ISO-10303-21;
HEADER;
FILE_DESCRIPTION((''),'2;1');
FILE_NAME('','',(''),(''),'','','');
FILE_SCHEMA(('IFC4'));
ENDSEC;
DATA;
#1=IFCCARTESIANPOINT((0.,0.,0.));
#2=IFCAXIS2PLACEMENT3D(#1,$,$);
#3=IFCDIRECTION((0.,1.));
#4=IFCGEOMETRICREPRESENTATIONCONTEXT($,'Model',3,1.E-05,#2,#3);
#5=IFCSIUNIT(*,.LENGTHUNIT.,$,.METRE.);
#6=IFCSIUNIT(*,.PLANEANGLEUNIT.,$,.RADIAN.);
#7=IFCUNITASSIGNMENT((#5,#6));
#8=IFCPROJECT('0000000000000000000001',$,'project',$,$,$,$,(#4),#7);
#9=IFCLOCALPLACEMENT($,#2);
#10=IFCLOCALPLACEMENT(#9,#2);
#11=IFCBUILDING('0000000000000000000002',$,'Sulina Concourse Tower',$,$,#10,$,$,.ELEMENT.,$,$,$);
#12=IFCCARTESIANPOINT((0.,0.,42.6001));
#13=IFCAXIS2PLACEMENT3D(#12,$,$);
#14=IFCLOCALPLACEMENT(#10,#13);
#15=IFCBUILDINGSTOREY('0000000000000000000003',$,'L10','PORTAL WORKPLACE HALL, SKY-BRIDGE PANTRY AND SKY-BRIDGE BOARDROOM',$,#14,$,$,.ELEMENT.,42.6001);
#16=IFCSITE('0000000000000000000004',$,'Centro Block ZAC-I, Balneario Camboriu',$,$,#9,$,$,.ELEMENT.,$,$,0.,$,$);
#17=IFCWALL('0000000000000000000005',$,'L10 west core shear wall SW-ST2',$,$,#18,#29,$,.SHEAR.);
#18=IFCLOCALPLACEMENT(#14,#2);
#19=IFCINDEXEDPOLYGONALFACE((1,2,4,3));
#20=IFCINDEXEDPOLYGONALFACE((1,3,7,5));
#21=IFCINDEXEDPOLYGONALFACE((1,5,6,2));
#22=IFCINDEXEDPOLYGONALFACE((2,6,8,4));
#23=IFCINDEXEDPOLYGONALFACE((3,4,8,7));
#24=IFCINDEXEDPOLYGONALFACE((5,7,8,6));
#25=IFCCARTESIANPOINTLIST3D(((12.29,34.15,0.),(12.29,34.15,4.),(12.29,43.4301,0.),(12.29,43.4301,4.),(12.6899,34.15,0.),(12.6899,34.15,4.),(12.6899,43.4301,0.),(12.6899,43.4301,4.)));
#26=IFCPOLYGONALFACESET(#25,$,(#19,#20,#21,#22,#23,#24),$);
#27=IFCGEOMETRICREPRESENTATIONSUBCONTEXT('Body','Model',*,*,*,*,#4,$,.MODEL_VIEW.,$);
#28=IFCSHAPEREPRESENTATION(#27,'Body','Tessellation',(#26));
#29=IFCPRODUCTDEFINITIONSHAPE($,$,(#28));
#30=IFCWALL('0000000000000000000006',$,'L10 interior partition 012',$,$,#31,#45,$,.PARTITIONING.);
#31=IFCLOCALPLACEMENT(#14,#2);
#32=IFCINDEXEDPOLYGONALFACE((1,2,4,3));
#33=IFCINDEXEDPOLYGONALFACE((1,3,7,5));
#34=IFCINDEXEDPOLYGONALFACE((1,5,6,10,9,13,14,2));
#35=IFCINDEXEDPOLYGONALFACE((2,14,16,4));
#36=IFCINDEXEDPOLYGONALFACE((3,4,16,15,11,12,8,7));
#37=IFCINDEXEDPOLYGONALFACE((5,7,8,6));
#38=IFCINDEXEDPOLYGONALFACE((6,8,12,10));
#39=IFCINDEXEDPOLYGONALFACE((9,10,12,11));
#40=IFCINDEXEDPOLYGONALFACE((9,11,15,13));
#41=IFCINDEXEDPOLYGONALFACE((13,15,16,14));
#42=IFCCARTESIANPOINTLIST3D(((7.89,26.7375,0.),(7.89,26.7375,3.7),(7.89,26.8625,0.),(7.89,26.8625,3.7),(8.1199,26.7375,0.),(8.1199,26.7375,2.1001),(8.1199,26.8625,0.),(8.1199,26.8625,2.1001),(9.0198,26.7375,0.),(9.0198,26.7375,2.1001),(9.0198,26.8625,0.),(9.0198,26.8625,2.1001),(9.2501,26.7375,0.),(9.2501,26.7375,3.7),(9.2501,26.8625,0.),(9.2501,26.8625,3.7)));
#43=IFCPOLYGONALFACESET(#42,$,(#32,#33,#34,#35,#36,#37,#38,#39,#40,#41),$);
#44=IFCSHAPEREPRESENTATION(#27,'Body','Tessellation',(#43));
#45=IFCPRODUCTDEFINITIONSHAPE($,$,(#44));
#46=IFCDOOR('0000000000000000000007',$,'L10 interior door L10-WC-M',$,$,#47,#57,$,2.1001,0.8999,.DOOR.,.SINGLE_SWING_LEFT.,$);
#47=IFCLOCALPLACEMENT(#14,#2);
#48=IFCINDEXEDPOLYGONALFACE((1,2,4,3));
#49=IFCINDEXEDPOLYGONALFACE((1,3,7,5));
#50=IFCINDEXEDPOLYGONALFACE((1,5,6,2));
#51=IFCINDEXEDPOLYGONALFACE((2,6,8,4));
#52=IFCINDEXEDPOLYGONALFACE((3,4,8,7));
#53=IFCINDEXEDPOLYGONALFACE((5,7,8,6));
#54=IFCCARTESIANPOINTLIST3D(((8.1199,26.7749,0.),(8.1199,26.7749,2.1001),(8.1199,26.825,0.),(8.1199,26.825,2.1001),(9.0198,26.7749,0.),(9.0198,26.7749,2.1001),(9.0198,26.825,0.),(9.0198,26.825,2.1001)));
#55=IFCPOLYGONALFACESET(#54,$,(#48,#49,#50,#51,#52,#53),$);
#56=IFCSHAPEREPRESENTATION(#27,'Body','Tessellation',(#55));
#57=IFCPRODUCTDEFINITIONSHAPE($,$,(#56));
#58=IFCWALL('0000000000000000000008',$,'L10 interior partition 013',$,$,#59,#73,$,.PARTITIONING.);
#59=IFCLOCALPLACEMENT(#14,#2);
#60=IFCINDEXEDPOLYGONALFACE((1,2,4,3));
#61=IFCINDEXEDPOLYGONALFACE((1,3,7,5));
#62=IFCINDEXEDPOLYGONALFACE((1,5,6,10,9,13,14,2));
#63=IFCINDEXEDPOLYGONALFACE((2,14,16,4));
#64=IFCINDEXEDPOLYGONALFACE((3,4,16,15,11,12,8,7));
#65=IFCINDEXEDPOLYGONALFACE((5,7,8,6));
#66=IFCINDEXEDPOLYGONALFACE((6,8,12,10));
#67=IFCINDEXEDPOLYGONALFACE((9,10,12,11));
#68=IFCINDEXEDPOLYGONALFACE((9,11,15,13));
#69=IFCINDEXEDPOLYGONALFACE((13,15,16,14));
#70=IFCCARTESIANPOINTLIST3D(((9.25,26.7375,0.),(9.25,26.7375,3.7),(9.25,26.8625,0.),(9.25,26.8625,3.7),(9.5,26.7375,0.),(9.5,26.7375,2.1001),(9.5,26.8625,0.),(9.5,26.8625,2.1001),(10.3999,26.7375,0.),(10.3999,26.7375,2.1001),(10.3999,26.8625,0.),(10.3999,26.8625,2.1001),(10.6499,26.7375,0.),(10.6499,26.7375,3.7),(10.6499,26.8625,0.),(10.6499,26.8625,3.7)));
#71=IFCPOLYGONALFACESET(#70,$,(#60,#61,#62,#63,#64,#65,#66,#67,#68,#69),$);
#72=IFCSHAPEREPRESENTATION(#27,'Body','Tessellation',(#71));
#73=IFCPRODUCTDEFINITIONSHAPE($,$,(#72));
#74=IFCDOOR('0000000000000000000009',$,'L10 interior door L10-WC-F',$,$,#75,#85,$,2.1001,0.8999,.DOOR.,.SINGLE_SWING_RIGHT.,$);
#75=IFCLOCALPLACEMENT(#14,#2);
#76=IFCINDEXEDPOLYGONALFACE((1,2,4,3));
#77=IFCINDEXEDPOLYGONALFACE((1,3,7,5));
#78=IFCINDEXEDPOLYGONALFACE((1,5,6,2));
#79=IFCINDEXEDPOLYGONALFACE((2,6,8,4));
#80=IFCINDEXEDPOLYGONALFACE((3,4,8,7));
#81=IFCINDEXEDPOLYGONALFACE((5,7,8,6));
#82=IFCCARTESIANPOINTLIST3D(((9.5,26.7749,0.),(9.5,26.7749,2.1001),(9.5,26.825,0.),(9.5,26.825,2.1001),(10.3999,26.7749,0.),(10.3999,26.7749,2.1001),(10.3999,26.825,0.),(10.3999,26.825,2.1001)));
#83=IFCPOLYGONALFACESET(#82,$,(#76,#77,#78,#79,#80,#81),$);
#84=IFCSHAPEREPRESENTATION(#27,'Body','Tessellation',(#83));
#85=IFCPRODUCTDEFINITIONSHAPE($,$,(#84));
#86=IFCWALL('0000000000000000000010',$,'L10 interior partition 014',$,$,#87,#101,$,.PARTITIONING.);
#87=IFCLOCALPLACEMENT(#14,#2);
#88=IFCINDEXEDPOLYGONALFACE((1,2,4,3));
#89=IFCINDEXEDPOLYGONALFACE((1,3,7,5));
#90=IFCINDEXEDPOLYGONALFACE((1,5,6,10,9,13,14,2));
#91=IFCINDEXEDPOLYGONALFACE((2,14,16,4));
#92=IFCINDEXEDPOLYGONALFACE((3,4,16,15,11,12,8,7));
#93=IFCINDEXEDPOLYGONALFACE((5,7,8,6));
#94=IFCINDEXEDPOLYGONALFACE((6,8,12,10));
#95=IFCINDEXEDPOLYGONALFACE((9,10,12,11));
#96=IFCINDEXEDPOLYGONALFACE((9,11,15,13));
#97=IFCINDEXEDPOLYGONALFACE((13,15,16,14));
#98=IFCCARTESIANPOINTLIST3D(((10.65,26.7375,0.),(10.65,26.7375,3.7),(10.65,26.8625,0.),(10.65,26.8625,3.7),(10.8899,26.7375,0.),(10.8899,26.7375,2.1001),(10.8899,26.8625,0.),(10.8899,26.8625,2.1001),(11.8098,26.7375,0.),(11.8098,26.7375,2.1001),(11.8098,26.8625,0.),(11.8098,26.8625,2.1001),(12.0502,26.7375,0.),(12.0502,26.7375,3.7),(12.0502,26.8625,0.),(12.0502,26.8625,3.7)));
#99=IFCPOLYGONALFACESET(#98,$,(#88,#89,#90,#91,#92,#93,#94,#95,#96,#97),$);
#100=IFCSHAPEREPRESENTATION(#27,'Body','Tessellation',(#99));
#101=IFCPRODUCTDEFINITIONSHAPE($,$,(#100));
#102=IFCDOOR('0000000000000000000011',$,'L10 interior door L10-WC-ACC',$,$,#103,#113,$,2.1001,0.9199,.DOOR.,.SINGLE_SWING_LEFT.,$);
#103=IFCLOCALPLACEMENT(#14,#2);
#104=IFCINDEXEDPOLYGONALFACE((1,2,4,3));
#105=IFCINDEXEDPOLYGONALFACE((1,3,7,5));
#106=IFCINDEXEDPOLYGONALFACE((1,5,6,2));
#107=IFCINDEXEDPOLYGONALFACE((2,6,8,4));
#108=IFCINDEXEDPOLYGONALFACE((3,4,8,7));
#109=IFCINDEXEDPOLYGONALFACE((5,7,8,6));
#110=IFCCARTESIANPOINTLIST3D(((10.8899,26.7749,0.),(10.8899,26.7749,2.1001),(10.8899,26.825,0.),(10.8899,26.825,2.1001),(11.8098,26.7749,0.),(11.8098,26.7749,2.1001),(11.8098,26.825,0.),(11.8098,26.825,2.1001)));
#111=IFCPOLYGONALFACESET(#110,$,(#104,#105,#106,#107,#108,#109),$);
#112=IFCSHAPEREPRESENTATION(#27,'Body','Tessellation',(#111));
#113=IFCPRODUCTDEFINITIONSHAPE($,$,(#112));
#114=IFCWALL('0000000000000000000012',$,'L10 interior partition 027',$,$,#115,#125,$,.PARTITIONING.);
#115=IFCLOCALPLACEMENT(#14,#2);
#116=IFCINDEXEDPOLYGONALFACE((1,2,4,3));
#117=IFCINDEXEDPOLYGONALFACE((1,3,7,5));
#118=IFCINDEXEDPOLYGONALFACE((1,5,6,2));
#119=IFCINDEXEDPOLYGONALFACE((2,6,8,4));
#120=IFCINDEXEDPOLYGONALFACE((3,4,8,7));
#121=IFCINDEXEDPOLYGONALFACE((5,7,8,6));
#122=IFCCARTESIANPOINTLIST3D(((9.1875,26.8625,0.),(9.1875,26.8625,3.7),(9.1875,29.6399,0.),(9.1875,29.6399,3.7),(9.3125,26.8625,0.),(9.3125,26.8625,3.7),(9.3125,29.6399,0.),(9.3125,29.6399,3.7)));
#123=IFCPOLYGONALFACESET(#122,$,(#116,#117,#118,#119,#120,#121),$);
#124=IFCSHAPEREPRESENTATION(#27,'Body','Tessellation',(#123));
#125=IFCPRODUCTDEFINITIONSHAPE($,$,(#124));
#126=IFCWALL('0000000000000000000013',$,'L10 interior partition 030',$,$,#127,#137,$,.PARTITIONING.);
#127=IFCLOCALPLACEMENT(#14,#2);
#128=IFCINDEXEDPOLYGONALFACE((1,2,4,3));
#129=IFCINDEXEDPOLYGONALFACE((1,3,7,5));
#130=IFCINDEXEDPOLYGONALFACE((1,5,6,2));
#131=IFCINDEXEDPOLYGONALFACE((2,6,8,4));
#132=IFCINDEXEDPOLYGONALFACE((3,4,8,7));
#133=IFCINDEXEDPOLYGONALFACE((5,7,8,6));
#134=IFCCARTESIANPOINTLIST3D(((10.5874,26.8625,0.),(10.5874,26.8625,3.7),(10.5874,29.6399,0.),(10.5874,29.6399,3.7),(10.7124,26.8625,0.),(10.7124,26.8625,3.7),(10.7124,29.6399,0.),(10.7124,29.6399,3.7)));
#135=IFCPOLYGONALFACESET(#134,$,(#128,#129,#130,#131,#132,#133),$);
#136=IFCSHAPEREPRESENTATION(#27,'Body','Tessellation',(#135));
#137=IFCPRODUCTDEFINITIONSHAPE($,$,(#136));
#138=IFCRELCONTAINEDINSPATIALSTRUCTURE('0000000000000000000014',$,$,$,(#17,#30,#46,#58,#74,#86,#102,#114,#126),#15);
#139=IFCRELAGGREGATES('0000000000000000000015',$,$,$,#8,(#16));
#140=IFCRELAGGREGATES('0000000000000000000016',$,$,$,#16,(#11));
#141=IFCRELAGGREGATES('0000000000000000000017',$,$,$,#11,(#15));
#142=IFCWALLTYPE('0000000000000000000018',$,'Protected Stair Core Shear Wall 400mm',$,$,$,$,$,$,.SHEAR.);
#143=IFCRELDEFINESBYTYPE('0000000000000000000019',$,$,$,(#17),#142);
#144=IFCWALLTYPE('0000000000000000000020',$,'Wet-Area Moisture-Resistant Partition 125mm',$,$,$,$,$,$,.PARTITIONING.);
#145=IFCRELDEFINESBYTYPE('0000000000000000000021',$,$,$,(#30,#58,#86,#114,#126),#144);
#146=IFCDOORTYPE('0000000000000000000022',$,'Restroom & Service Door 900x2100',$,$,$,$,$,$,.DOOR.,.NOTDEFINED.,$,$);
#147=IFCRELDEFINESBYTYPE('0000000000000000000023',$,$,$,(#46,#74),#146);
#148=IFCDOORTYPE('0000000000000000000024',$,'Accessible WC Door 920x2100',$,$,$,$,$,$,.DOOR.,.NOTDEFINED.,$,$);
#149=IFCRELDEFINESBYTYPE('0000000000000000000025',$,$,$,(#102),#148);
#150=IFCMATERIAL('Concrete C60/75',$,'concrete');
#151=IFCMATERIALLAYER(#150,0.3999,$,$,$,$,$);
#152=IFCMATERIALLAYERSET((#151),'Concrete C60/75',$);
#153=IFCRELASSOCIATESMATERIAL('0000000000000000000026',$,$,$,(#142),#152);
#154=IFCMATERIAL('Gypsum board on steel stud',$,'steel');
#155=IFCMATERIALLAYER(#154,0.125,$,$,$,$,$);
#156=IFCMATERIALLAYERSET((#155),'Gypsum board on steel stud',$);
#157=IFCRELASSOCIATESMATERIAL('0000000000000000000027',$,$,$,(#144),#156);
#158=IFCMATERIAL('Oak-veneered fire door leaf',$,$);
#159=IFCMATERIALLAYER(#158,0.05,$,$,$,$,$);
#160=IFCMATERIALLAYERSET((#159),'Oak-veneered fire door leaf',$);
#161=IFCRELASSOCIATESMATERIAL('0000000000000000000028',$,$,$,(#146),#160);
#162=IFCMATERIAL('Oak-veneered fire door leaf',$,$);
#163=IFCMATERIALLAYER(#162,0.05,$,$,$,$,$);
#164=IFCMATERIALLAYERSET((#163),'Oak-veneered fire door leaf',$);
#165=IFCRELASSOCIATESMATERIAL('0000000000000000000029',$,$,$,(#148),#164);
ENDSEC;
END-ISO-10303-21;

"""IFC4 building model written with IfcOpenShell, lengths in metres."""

from ifc_helpers import new_model, si_unit, direction, frame, frame_2d, origin, place, context, subcontext, project, spatial, rectangle, extrude, material, layer, layer_set, type_object, element, fill, save


model = new_model("IFC4")

# Units and contexts
model_context = context("Model", 3, precision=1e-05, world=origin(), true_north=direction((0.0, 1.0)))
body_context = subcontext(model_context, "Body", "Model", "MODEL_VIEW")
ifc_project = project(units=[si_unit("LENGTHUNIT", "METRE"), si_unit("PLANEANGLEUNIT", "RADIAN")], contexts=[model_context])

# Site, building, storey
site_placement = place(None, origin())
site = spatial("IfcSite", under=ifc_project, at=site_placement, Name="Centro Block ZAC-I, Balneario Camboriu", CompositionType="ELEMENT", RefElevation=0.0)
building_placement = place(site_placement, origin())
building = spatial("IfcBuilding", under=site, at=building_placement, Name="Sulina Concourse Tower", CompositionType="ELEMENT")
storey_placement = place(building_placement, frame((0.0, 0.0, 42.6001)))
storey = spatial("IfcBuildingStorey", under=building, at=storey_placement, Name="L10", Description="PORTAL WORKPLACE HALL, SKY-BRIDGE PANTRY AND SKY-BRIDGE BOARDROOM", CompositionType="ELEMENT", Elevation=42.6001)

# Shared definitions
ifc_material_1 = material(Name="Concrete C60/75", Category="concrete")
ifc_layer_1 = layer(ifc_material_1, 0.3999)
ifc_layer_set_1 = layer_set([ifc_layer_1], Name="Concrete C60/75")
wall_type_1 = type_object("IfcWallType", Name="Protected Stair Core Shear Wall 400mm", PredefinedType="SHEAR", material=ifc_layer_set_1)

# Wall
wall_1_placement = place(storey_placement, frame((12.49, 34.1499, 0.0), z_axis=(0.0, 0.0, 1.0), x_axis=(0.0, 1.0, 0.0)))
element("IfcWall", 1, at=wall_1_placement, inside=storey, type_object=wall_type_1, Name="L10 west core shear wall SW-ST2", PredefinedType="SHEAR", context=body_context, shape_type="SweptSolid", body=[
    extrude(rectangle(XDim=9.28, YDim=0.3999, at=frame_2d((4.6401, 0.0))), origin(), (0.0, 0.0, 1.0), 4.0),
])

# Walls, openings, doors
ifc_material_2 = material(Name="Gypsum board on steel stud", Category="steel")
ifc_layer_2 = layer(ifc_material_2, 0.125)
ifc_layer_set_2 = layer_set([ifc_layer_2], Name="Gypsum board on steel stud")
wall_type_2 = type_object("IfcWallType", Name="Wet-Area Moisture-Resistant Partition 125mm", PredefinedType="PARTITIONING", material=ifc_layer_set_2)
wall_2_placement = place(storey_placement, frame((7.8899, 26.8, 0.0), z_axis=(0.0, 0.0, 1.0), x_axis=(1.0, 0.0, 0.0)))
wall_2 = element("IfcWall", 2, at=wall_2_placement, inside=storey, type_object=wall_type_2, Name="L10 interior partition 012", PredefinedType="PARTITIONING", context=body_context, shape_type="SweptSolid", body=[
    extrude(rectangle(XDim=1.3601, YDim=0.125, at=frame_2d((0.6802, 0.0))), origin(), (0.0, 0.0, 1.0), 3.7),
])
opening_1_placement = place(wall_2_placement, frame((0.23, 0.0, 0.0)))
opening_1 = element("IfcOpeningElement", 3, at=opening_1_placement, cuts=wall_2, PredefinedType="OPENING", context=body_context, shape_type="SweptSolid", body=[
    extrude(rectangle(XDim=0.8999, YDim=2.1001, at=frame_2d((0.45, 1.05))), frame((0.0, 0.0725, 0.0), z_axis=(0.0, -1.0, 0.0), x_axis=(1.0, 0.0, 0.0)), (0.0, 0.0, 1.0), 0.145),
])
ifc_material_3 = material(Name="Oak-veneered fire door leaf")
ifc_layer_3 = layer(ifc_material_3, 0.05)
ifc_layer_set_3 = layer_set([ifc_layer_3], Name="Oak-veneered fire door leaf")
door_type_1 = type_object("IfcDoorType", Name="Restroom & Service Door 900x2100", OperationType="NOTDEFINED", PredefinedType="DOOR", material=ifc_layer_set_3)
door_1_placement = place(opening_1_placement, origin())
door_1 = element("IfcDoor", 4, at=door_1_placement, inside=storey, type_object=door_type_1, Name="L10 interior door L10-WC-M", OperationType="SINGLE_SWING_LEFT", OverallHeight=2.1001, OverallWidth=0.8999, PredefinedType="DOOR", context=body_context, shape_type="SweptSolid", body=[
    extrude(rectangle(XDim=0.8999, YDim=2.1001, at=frame_2d((0.45, 1.05))), frame((0.0, 0.0249, 0.0), z_axis=(0.0, -1.0, 0.0), x_axis=(1.0, 0.0, 0.0)), (0.0, 0.0, 1.0), 0.05),
])
fill(opening_1, door_1)
wall_3_placement = place(storey_placement, frame((9.25, 26.8, 0.0), z_axis=(0.0, 0.0, 1.0), x_axis=(1.0, 0.0, 0.0)))
wall_3 = element("IfcWall", 5, at=wall_3_placement, inside=storey, type_object=wall_type_2, Name="L10 interior partition 013", PredefinedType="PARTITIONING", context=body_context, shape_type="SweptSolid", body=[
    extrude(rectangle(XDim=1.3999, YDim=0.125, at=frame_2d((0.7, 0.0))), origin(), (0.0, 0.0, 1.0), 3.7),
])
opening_2_placement = place(wall_3_placement, frame((0.25, 0.0, 0.0)))
opening_2 = element("IfcOpeningElement", 6, at=opening_2_placement, cuts=wall_3, PredefinedType="OPENING", context=body_context, shape_type="SweptSolid", body=[
    extrude(rectangle(XDim=0.8999, YDim=2.1001, at=frame_2d((0.45, 1.05))), frame((0.0, 0.0725, 0.0), z_axis=(0.0, -1.0, 0.0), x_axis=(1.0, 0.0, 0.0)), (0.0, 0.0, 1.0), 0.145),
])
door_2_placement = place(opening_2_placement, origin())
door_2 = element("IfcDoor", 7, at=door_2_placement, inside=storey, type_object=door_type_1, Name="L10 interior door L10-WC-F", OperationType="SINGLE_SWING_RIGHT", OverallHeight=2.1001, OverallWidth=0.8999, PredefinedType="DOOR", context=body_context, shape_type="SweptSolid", body=[
    extrude(rectangle(XDim=0.8999, YDim=2.1001, at=frame_2d((0.45, 1.05))), frame((0.0, 0.0249, 0.0), z_axis=(0.0, -1.0, 0.0), x_axis=(1.0, 0.0, 0.0)), (0.0, 0.0, 1.0), 0.05),
])
fill(opening_2, door_2)
wall_4_placement = place(storey_placement, frame((10.6499, 26.8, 0.0), z_axis=(0.0, 0.0, 1.0), x_axis=(1.0, 0.0, 0.0)))
wall_4 = element("IfcWall", 8, at=wall_4_placement, inside=storey, type_object=wall_type_2, Name="L10 interior partition 014", PredefinedType="PARTITIONING", context=body_context, shape_type="SweptSolid", body=[
    extrude(rectangle(XDim=1.4001, YDim=0.125, at=frame_2d((0.7002, 0.0))), origin(), (0.0, 0.0, 1.0), 3.7),
])
opening_3_placement = place(wall_4_placement, frame((0.24, 0.0, 0.0)))
opening_3 = element("IfcOpeningElement", 9, at=opening_3_placement, cuts=wall_4, PredefinedType="OPENING", context=body_context, shape_type="SweptSolid", body=[
    extrude(rectangle(XDim=0.9199, YDim=2.1001, at=frame_2d((0.46, 1.05))), frame((0.0, 0.0725, 0.0), z_axis=(0.0, -1.0, 0.0), x_axis=(1.0, 0.0, 0.0)), (0.0, 0.0, 1.0), 0.145),
])
ifc_material_4 = material(Name="Oak-veneered fire door leaf")
ifc_layer_4 = layer(ifc_material_4, 0.05)
ifc_layer_set_4 = layer_set([ifc_layer_4], Name="Oak-veneered fire door leaf")
door_type_2 = type_object("IfcDoorType", Name="Accessible WC Door 920x2100", OperationType="NOTDEFINED", PredefinedType="DOOR", material=ifc_layer_set_4)
door_3_placement = place(opening_3_placement, origin())
door_3 = element("IfcDoor", 10, at=door_3_placement, inside=storey, type_object=door_type_2, Name="L10 interior door L10-WC-ACC", OperationType="SINGLE_SWING_LEFT", OverallHeight=2.1001, OverallWidth=0.9199, PredefinedType="DOOR", context=body_context, shape_type="SweptSolid", body=[
    extrude(rectangle(XDim=0.9199, YDim=2.1001, at=frame_2d((0.46, 1.05))), frame((0.0, 0.0249, 0.0), z_axis=(0.0, -1.0, 0.0), x_axis=(1.0, 0.0, 0.0)), (0.0, 0.0, 1.0), 0.05),
])
fill(opening_3, door_3)

# Walls
for number, where, z_axis, x_axis, name in (
    (11, (9.25, 26.8625, 0.0), (0.0, 0.0, 1.0), (0.0, 1.0, 0.0), "L10 interior partition 027"),
    (12, (10.6499, 26.8625, 0.0), (0.0, 0.0, 1.0), (0.0, 1.0, 0.0), "L10 interior partition 030"),
):
    element("IfcWall", number, at=place(storey_placement, frame(where, z_axis=z_axis, x_axis=x_axis)), inside=storey, type_object=wall_type_2, Name=name, PredefinedType="PARTITIONING", context=body_context, shape_type="SweptSolid", body=[
        extrude(rectangle(XDim=2.7773, YDim=0.125, at=frame_2d((1.3887, 0.0))), origin(), (0.0, 0.0, 1.0), 3.7),
    ])

save(model, "model.ifc")
